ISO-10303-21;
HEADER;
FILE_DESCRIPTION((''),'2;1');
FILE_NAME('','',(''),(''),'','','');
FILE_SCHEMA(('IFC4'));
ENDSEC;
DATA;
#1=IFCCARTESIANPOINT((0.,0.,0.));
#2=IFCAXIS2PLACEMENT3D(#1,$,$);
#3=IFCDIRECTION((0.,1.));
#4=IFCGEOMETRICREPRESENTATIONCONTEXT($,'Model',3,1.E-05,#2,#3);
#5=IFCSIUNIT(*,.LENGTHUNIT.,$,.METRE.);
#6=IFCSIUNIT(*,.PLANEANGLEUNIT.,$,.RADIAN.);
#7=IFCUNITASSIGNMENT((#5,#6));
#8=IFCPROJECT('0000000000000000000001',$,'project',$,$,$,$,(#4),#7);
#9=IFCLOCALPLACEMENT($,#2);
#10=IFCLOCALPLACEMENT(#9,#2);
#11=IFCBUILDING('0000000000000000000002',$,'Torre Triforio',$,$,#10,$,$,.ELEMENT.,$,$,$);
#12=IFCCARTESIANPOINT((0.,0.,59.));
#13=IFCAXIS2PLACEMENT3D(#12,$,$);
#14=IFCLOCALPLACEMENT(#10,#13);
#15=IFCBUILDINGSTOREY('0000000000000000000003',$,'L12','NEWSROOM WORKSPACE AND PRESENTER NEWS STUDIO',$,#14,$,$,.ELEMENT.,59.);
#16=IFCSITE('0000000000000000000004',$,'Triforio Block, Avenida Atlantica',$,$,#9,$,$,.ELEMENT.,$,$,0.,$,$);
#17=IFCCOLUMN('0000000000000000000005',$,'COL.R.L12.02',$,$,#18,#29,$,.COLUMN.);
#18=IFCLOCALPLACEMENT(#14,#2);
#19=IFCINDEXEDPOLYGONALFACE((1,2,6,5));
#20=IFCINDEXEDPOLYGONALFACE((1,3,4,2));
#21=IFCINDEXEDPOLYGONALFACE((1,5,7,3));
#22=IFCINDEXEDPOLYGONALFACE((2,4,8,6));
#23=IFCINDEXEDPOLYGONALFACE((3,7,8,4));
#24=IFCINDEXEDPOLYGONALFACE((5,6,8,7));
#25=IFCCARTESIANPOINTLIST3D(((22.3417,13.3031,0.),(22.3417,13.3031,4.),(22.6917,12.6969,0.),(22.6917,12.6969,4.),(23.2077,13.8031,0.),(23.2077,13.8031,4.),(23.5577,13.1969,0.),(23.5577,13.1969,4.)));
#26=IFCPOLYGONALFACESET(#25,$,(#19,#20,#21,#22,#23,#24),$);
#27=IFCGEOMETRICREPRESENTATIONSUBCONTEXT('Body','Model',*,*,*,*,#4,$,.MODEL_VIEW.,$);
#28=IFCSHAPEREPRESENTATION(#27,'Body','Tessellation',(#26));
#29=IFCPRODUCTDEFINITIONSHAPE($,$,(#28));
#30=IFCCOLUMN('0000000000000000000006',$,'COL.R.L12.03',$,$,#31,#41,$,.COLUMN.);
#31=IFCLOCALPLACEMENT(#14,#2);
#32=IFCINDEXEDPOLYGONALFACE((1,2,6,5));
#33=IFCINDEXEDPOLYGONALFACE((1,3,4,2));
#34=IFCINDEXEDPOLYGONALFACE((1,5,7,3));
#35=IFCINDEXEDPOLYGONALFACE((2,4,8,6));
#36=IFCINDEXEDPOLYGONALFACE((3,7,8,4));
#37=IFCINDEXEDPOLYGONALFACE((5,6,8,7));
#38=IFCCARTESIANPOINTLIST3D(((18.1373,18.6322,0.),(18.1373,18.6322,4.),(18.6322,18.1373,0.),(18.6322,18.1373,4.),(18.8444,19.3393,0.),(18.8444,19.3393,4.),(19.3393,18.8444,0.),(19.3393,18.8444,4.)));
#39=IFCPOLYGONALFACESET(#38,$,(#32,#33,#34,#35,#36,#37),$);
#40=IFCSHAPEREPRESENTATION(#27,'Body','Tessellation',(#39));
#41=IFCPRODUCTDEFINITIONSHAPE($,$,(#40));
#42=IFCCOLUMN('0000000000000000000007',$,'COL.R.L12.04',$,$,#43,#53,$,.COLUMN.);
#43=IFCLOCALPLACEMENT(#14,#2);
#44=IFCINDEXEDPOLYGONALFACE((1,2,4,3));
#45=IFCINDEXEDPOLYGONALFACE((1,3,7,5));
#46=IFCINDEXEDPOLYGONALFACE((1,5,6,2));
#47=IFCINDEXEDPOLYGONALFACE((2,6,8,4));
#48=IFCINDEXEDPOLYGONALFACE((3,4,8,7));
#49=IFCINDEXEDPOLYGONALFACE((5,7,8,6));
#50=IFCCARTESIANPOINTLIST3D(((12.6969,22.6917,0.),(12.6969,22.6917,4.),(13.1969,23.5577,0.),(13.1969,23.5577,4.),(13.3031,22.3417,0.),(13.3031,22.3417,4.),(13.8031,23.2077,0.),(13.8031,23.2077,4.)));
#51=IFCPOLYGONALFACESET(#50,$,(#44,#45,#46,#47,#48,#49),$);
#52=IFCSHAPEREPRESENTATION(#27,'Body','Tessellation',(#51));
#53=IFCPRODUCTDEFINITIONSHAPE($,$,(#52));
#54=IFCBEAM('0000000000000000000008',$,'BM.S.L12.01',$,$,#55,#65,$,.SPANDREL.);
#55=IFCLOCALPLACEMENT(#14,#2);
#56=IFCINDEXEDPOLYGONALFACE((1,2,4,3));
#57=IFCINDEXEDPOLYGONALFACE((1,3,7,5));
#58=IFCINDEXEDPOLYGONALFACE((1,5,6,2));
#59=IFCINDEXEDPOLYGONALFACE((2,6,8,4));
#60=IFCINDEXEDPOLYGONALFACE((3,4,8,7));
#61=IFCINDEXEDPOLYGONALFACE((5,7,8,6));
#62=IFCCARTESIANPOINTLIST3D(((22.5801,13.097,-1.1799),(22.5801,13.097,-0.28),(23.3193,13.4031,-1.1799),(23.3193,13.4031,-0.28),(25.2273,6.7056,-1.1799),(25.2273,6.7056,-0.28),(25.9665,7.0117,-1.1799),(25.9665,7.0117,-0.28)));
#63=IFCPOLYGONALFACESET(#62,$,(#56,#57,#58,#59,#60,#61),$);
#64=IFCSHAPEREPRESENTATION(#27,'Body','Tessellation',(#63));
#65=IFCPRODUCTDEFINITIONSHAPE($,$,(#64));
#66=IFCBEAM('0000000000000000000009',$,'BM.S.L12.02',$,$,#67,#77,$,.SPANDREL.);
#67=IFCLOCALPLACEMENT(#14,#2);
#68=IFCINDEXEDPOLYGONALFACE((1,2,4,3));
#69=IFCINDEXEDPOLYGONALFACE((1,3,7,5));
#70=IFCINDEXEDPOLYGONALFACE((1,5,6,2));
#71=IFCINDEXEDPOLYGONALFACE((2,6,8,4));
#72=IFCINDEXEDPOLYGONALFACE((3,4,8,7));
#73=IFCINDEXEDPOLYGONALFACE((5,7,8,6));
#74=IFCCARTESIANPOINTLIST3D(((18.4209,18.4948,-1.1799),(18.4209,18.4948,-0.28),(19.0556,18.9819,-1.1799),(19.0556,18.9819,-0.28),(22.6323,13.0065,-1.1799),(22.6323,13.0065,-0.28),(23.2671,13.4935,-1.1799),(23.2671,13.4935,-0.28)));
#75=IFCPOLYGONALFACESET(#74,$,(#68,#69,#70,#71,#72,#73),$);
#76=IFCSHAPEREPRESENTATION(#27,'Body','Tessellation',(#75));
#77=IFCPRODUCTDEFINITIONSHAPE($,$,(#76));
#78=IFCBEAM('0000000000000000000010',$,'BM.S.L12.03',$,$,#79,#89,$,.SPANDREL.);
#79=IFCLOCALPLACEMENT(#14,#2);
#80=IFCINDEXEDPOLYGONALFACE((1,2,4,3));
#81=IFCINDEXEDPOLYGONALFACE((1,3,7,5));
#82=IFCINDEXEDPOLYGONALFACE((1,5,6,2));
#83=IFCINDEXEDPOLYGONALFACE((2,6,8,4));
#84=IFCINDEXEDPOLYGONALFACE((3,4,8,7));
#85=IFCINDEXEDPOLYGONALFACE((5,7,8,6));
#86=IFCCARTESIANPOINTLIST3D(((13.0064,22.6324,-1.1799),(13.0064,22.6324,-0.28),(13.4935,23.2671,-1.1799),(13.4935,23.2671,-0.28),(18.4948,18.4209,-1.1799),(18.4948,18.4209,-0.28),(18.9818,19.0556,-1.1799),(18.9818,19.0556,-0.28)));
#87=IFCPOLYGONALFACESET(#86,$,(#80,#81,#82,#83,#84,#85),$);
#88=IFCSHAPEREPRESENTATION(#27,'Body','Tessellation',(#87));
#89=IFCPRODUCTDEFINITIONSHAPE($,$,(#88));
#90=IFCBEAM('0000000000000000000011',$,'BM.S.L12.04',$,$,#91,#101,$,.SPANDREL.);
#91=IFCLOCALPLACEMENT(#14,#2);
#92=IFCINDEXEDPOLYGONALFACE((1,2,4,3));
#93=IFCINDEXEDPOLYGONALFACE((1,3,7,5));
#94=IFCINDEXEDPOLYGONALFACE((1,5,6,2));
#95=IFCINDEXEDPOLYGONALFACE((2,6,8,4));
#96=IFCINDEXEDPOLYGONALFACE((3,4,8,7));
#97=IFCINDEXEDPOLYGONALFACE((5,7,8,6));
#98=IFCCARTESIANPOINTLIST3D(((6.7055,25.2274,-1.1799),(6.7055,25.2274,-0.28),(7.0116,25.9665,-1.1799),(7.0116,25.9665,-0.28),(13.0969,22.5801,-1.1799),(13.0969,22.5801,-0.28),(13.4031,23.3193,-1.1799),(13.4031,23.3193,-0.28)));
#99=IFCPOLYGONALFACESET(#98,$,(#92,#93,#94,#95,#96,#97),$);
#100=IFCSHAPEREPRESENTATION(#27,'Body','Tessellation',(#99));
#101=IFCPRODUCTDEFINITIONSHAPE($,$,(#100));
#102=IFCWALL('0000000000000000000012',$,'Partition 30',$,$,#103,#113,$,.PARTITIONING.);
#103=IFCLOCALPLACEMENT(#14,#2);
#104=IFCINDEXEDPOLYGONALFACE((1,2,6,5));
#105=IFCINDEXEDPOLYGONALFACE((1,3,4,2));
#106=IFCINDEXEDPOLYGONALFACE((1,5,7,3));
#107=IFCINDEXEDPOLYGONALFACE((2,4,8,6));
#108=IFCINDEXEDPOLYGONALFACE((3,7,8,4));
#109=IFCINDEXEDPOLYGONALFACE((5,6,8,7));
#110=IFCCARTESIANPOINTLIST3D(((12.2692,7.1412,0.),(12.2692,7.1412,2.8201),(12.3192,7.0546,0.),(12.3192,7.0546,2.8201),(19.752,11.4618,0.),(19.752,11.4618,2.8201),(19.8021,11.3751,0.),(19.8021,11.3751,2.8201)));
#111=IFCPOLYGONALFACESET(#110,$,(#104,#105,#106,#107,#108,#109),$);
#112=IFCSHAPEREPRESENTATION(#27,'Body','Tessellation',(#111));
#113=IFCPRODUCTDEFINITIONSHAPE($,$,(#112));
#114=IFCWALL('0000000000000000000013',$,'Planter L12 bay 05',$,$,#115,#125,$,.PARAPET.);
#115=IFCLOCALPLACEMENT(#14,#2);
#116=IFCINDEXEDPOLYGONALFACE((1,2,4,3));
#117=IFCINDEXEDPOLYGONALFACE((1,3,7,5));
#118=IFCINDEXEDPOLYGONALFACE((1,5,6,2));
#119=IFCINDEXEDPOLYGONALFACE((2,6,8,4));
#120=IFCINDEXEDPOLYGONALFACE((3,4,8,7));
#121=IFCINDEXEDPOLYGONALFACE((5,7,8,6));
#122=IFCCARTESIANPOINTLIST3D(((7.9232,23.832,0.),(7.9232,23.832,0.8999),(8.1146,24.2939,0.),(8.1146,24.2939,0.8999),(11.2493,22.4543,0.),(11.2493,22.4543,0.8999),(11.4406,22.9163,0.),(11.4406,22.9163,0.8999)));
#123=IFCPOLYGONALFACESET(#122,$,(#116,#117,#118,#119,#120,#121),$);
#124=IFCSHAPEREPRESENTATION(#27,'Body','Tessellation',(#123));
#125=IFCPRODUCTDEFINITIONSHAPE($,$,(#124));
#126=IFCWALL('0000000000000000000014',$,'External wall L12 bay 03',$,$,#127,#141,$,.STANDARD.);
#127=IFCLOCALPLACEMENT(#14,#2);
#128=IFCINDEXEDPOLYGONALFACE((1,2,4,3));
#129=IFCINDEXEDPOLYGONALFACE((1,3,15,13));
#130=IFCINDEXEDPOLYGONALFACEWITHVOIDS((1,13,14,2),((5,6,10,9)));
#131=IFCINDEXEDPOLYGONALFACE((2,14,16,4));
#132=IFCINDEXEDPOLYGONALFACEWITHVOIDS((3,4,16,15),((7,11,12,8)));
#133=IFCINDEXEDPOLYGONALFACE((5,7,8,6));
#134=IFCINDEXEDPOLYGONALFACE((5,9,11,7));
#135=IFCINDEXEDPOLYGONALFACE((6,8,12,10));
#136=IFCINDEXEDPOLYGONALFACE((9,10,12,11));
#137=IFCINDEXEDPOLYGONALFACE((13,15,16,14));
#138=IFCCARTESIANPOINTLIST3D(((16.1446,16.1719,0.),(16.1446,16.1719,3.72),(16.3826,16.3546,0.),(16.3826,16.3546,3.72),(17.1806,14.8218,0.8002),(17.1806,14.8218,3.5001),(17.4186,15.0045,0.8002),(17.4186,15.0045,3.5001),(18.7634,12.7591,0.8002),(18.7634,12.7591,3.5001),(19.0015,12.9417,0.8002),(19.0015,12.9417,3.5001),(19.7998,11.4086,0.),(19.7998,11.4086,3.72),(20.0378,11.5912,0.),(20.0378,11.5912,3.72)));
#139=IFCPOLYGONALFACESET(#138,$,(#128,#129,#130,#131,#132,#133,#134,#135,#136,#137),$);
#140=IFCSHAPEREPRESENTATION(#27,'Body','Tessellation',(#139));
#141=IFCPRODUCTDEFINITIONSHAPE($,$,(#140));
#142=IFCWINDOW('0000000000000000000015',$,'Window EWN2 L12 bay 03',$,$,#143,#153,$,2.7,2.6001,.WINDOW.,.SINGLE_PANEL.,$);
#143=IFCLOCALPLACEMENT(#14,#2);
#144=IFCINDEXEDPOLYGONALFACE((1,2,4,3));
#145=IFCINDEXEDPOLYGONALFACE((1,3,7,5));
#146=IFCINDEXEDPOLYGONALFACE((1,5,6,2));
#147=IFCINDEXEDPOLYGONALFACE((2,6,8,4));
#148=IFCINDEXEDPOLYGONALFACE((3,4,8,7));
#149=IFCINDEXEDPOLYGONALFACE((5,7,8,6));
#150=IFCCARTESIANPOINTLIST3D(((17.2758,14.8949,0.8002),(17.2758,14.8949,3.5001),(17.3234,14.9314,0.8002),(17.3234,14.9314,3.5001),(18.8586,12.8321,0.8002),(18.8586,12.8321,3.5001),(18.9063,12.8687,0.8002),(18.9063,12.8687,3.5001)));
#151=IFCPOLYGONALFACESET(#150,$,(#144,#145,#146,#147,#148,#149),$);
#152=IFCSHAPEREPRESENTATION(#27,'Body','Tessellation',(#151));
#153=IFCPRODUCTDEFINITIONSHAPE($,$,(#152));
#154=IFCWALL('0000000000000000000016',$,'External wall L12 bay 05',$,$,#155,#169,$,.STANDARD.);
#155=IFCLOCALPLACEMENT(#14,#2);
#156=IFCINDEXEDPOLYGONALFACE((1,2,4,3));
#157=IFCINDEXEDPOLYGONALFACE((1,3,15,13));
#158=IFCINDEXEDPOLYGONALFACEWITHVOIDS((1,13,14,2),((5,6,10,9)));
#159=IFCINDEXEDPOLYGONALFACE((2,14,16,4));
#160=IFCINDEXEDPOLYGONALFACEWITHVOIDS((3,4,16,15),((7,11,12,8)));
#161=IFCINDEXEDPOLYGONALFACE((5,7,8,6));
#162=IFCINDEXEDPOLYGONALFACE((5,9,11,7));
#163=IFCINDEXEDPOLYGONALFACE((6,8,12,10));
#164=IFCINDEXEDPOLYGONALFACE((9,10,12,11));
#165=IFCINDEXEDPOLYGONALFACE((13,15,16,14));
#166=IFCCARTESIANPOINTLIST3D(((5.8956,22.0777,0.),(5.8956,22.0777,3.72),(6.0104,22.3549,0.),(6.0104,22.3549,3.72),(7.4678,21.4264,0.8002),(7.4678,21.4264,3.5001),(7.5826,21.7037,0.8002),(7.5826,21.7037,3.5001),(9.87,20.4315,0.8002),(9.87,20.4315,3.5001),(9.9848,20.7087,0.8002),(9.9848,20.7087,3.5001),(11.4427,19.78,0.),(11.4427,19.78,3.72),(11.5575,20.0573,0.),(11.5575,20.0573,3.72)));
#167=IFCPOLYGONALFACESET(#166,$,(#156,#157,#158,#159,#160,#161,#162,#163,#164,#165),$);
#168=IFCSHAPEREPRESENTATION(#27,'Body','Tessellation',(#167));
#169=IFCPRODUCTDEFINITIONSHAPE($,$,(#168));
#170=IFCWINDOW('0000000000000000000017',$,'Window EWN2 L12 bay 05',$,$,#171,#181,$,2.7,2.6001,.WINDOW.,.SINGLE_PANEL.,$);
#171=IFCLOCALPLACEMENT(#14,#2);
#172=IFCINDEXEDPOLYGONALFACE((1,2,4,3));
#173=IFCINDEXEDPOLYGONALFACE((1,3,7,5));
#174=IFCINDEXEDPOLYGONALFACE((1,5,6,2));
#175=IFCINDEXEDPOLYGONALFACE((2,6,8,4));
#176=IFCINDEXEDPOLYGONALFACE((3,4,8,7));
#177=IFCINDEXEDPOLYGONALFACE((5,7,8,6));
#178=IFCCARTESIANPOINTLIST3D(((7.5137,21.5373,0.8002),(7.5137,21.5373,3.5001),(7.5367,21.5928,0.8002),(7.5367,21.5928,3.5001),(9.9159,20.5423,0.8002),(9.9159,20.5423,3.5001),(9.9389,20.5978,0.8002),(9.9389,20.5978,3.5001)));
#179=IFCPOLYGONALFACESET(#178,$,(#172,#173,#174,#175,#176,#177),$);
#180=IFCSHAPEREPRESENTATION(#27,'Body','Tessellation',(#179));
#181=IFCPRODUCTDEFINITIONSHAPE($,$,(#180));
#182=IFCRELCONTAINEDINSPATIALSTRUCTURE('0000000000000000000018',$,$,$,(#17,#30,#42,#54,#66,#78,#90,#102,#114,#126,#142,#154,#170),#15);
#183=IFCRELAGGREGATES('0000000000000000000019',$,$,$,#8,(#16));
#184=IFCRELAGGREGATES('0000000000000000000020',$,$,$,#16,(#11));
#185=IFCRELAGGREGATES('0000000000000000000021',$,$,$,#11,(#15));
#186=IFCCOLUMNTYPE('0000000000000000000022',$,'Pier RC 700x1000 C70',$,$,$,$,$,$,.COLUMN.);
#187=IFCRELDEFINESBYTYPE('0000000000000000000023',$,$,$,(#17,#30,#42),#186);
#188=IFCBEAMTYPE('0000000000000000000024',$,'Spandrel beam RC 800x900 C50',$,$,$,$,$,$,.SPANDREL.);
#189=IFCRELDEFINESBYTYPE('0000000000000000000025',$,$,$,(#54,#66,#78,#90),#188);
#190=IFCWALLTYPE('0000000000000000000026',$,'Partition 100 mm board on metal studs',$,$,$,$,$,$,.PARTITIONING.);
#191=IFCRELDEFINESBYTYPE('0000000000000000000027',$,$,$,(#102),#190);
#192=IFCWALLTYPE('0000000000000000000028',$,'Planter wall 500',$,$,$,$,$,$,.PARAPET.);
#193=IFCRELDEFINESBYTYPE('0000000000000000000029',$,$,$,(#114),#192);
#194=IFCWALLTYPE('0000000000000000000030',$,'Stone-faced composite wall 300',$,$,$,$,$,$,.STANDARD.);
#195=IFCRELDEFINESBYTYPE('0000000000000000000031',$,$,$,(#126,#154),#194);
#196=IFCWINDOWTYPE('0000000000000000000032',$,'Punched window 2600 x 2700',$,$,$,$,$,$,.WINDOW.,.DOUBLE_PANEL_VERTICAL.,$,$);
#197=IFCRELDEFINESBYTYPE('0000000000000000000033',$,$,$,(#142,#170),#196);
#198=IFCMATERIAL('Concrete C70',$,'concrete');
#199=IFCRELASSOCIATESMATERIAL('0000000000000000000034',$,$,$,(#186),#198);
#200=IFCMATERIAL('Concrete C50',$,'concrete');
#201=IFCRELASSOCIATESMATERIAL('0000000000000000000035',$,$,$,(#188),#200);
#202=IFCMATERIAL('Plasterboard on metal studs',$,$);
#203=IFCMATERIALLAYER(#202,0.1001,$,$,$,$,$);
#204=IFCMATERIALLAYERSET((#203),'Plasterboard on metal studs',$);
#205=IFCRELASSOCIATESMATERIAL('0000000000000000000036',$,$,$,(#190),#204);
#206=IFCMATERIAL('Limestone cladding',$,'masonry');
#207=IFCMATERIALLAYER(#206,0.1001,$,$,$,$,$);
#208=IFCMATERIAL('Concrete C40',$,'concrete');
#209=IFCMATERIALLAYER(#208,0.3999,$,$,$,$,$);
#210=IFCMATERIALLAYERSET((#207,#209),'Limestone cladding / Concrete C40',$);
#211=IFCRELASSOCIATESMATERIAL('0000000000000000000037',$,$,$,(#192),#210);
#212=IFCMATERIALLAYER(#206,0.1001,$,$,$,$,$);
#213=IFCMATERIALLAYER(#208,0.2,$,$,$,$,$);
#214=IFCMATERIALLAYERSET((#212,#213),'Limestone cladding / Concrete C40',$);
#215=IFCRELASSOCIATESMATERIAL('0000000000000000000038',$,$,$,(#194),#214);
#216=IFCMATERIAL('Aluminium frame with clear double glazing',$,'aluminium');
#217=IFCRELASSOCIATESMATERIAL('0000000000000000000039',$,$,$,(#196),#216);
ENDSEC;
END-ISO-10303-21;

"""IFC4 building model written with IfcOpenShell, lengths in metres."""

from ifc_helpers import new_model, si_unit, direction, frame, frame_2d, origin, origin_2d, place, context, subcontext, project, spatial, rectangle, extrude, material, layer, layer_set, material_profile, profile_set, type_object, element, fill, save


model = new_model("IFC4")

# Units and contexts
model_context = context("Model", 3, precision=1e-05, world=origin(), true_north=direction((0.0, 1.0)))
body_context = subcontext(model_context, "Body", "Model", "MODEL_VIEW")
ifc_project = project(units=[si_unit("LENGTHUNIT", "METRE"), si_unit("PLANEANGLEUNIT", "RADIAN")], contexts=[model_context])

# Site, building, storey
site_placement = place(None, origin())
site = spatial("IfcSite", under=ifc_project, at=site_placement, Name="Triforio Block, Avenida Atlantica", CompositionType="ELEMENT", RefElevation=0.0)
building_placement = place(site_placement, origin())
building = spatial("IfcBuilding", under=site, at=building_placement, Name="Torre Triforio", CompositionType="ELEMENT")
storey_placement = place(building_placement, frame((0.0, 0.0, 59.0)))
storey = spatial("IfcBuildingStorey", under=building, at=storey_placement, Name="L12", Description="NEWSROOM WORKSPACE AND PRESENTER NEWS STUDIO", CompositionType="ELEMENT", Elevation=59.0)

# Columns
ifc_material_1 = material(Name="Concrete C70", Category="concrete")
ifc_material_profile_1 = material_profile(ifc_material_1, rectangle(XDim=0.7, YDim=1.0, at=origin_2d()), Name="RC 700x1000")
ifc_profile_set_1 = profile_set([ifc_material_profile_1], Name="Concrete C70")
column_type = type_object("IfcColumnType", Name="Pier RC 700x1000 C70", PredefinedType="COLUMN", material=ifc_profile_set_1)
for number, where, z_axis, x_axis, name in (
    (1, (22.9497, 13.25, 0.0), (0.0, 0.0, 1.0), (-0.5, 0.866025, 0.0), "COL.R.L12.02"),
    (2, (18.7383, 18.7383, 0.0), (0.0, 0.0, 1.0), (-0.707107, 0.707107, 0.0), "COL.R.L12.03"),
    (3, (13.25, 22.9497, 0.0), (0.0, 0.0, 1.0), (-0.866025, 0.5, 0.0), "COL.R.L12.04"),
):
    element("IfcColumn", number, at=place(storey_placement, frame(where, z_axis=z_axis, x_axis=x_axis)), inside=storey, type_object=column_type, Name=name, PredefinedType="COLUMN", context=body_context, shape_type="SweptSolid", body=[
        extrude(rectangle(XDim=0.7, YDim=1.0, at=origin_2d()), origin(), (0.0, 0.0, 1.0), 4.0),
    ])

# Beams
ifc_material_2 = material(Name="Concrete C50", Category="concrete")
ifc_material_profile_2 = material_profile(ifc_material_2, rectangle(XDim=0.8, YDim=0.8999, at=origin_2d()), Name="RC 800x900")
ifc_profile_set_2 = profile_set([ifc_material_profile_2], Name="Concrete C50")
beam_type = type_object("IfcBeamType", Name="Spandrel beam RC 800x900 C50", PredefinedType="SPANDREL", material=ifc_profile_set_2)
for number, where, z_axis, x_axis, name in (
    (4, (25.5969, 6.8586, -0.73), (-0.382662, 0.923888, 0.0), (-0.923888, -0.382662, 0.0), "BM.S.L12.01"),
    (5, (22.9497, 13.25, -0.73), (-0.608772, 0.793345, 0.0), (-0.793345, -0.608772, 0.0), "BM.S.L12.02"),
    (6, (18.7383, 18.7383, -0.73), (-0.793345, 0.608772, 0.0), (-0.608772, -0.793345, 0.0), "BM.S.L12.03"),
    (7, (13.25, 22.9497, -0.73), (-0.923888, 0.382662, 0.0), (-0.382662, -0.923888, 0.0), "BM.S.L12.04"),
):
    element("IfcBeam", number, at=place(storey_placement, frame(where, z_axis=z_axis, x_axis=x_axis)), inside=storey, type_object=beam_type, Name=name, PredefinedType="SPANDREL", context=body_context, shape_type="SweptSolid", body=[
        extrude(rectangle(XDim=0.8, YDim=0.8999, at=origin_2d()), origin(), (0.0, 0.0, 1.0), 6.918),
    ])

# Walls
ifc_material_3 = material(Name="Plasterboard on metal studs")
ifc_layer_1 = layer(ifc_material_3, 0.1001)
ifc_layer_set_1 = layer_set([ifc_layer_1], Name="Plasterboard on metal studs")
wall_type_1 = type_object("IfcWallType", Name="Partition 100 mm board on metal studs", PredefinedType="PARTITIONING", material=ifc_layer_set_1)
wall_1_placement = place(storey_placement, frame((12.2942, 7.0979, 0.0), z_axis=(0.0, 0.0, 1.0), x_axis=(0.866011, 0.500026, 0.0)))
element("IfcWall", 8, at=wall_1_placement, inside=storey, type_object=wall_type_1, Name="Partition 30", PredefinedType="PARTITIONING", context=body_context, shape_type="SweptSolid", body=[
    extrude(rectangle(XDim=8.6406, YDim=0.1001, at=frame_2d((4.3203, 0.0))), origin(), (0.0, 0.0, 1.0), 2.8201),
])
ifc_material_4 = material(Name="Limestone cladding", Category="masonry")
ifc_layer_2 = layer(ifc_material_4, 0.1001)
ifc_material_5 = material(Name="Concrete C40", Category="concrete")
ifc_layer_3 = layer(ifc_material_5, 0.3999)
ifc_layer_set_2 = layer_set([ifc_layer_2, ifc_layer_3], Name="Limestone cladding / Concrete C40")
wall_type_2 = type_object("IfcWallType", Name="Planter wall 500", PredefinedType="PARAPET", material=ifc_layer_set_2)
wall_2_placement = place(storey_placement, frame((11.345, 22.6853, 0.0), z_axis=(0.0, 0.0, 1.0), x_axis=(-0.923885, 0.382669, 0.0)))
element("IfcWall", 9, at=wall_2_placement, inside=storey, type_object=wall_type_2, Name="Planter L12 bay 05", PredefinedType="PARAPET", context=body_context, shape_type="SweptSolid", body=[
    extrude(rectangle(XDim=3.6001, YDim=0.5, at=frame_2d((1.8, 0.0))), origin(), (0.0, 0.0, 1.0), 0.8999),
])

# Wall, opening, window
ifc_layer_4 = layer(ifc_material_4, 0.1001)
ifc_layer_5 = layer(ifc_material_5, 0.2)
ifc_layer_set_3 = layer_set([ifc_layer_4, ifc_layer_5], Name="Limestone cladding / Concrete C40")
wall_type_3 = type_object("IfcWallType", Name="Stone-faced composite wall 300", PredefinedType="STANDARD", material=ifc_layer_set_3)
wall_3_placement = place(storey_placement, frame((19.9187, 11.5, 0.0), z_axis=(0.0, 0.0, 1.0), x_axis=(-0.608779, 0.79334, 0.0)))
wall_3 = element("IfcWall", 10, at=wall_3_placement, inside=storey, type_object=wall_type_3, Name="External wall L12 bay 03", PredefinedType="STANDARD", context=body_context, shape_type="SweptSolid", body=[
    extrude(rectangle(XDim=6.0042, YDim=0.3, at=frame_2d((3.002, 0.0))), origin(), (0.0, 0.0, 1.0), 3.72),
])
opening_1_placement = place(wall_3_placement, frame((1.7021, 0.0, 0.8)))
opening_1 = element("IfcOpeningElement", 11, at=opening_1_placement, cuts=wall_3, PredefinedType="OPENING", context=body_context, shape_type="SweptSolid", body=[
    extrude(rectangle(XDim=2.6001, YDim=2.7, at=frame_2d((1.3, 1.3501))), frame((0.0, 0.1599, 0.0), z_axis=(0.0, -1.0, 0.0), x_axis=(1.0, 0.0, 0.0)), (0.0, 0.0, 1.0), 0.3201),
])
ifc_material_6 = material(Name="Aluminium frame with clear double glazing", Category="aluminium")
window_type_1 = type_object("IfcWindowType", Name="Punched window 2600 x 2700", PartitioningType="DOUBLE_PANEL_VERTICAL", PredefinedType="WINDOW", material=ifc_material_6)
window_1_placement = place(opening_1_placement, origin())
window_1 = element("IfcWindow", 12, at=window_1_placement, inside=storey, type_object=window_type_1, Name="Window EWN2 L12 bay 03", OverallHeight=2.7, OverallWidth=2.6001, PartitioningType="SINGLE_PANEL", PredefinedType="WINDOW", context=body_context, shape_type="SweptSolid", body=[
    extrude(rectangle(XDim=2.6001, YDim=2.7, at=frame_2d((1.3, 1.3501))), frame((0.0, 0.03, 0.0), z_axis=(0.0, -1.0, 0.0), x_axis=(1.0, 0.0, 0.0)), (0.0, 0.0, 1.0), 0.0601),
])
fill(opening_1, window_1)

# Wall, opening, window
wall_4_placement = place(storey_placement, frame((11.5, 19.9187, 0.0), z_axis=(0.0, 0.0, 1.0), x_axis=(-0.923885, 0.382671, 0.0)))
wall_4 = element("IfcWall", 13, at=wall_4_placement, inside=storey, type_object=wall_type_3, Name="External wall L12 bay 05", PredefinedType="STANDARD", context=body_context, shape_type="SweptSolid", body=[
    extrude(rectangle(XDim=6.0042, YDim=0.3, at=frame_2d((3.002, 0.0))), origin(), (0.0, 0.0, 1.0), 3.72),
])
opening_2_placement = place(wall_4_placement, frame((1.7021, 0.0, 0.8)))
opening_2 = element("IfcOpeningElement", 14, at=opening_2_placement, cuts=wall_4, PredefinedType="OPENING", context=body_context, shape_type="SweptSolid", body=[
    extrude(rectangle(XDim=2.6001, YDim=2.7, at=frame_2d((1.3, 1.3501))), frame((0.0, 0.1599, 0.0), z_axis=(0.0, -1.0, 0.0), x_axis=(1.0, 0.0, 0.0)), (0.0, 0.0, 1.0), 0.3201),
])
window_2_placement = place(opening_2_placement, origin())
window_2 = element("IfcWindow", 15, at=window_2_placement, inside=storey, type_object=window_type_1, Name="Window EWN2 L12 bay 05", OverallHeight=2.7, OverallWidth=2.6001, PartitioningType="SINGLE_PANEL", PredefinedType="WINDOW", context=body_context, shape_type="SweptSolid", body=[
    extrude(rectangle(XDim=2.6001, YDim=2.7, at=frame_2d((1.3, 1.3501))), frame((0.0, 0.03, 0.0), z_axis=(0.0, -1.0, 0.0), x_axis=(1.0, 0.0, 0.0)), (0.0, 0.0, 1.0), 0.0601),
])
fill(opening_2, window_2)

save(model, "model.ifc")
